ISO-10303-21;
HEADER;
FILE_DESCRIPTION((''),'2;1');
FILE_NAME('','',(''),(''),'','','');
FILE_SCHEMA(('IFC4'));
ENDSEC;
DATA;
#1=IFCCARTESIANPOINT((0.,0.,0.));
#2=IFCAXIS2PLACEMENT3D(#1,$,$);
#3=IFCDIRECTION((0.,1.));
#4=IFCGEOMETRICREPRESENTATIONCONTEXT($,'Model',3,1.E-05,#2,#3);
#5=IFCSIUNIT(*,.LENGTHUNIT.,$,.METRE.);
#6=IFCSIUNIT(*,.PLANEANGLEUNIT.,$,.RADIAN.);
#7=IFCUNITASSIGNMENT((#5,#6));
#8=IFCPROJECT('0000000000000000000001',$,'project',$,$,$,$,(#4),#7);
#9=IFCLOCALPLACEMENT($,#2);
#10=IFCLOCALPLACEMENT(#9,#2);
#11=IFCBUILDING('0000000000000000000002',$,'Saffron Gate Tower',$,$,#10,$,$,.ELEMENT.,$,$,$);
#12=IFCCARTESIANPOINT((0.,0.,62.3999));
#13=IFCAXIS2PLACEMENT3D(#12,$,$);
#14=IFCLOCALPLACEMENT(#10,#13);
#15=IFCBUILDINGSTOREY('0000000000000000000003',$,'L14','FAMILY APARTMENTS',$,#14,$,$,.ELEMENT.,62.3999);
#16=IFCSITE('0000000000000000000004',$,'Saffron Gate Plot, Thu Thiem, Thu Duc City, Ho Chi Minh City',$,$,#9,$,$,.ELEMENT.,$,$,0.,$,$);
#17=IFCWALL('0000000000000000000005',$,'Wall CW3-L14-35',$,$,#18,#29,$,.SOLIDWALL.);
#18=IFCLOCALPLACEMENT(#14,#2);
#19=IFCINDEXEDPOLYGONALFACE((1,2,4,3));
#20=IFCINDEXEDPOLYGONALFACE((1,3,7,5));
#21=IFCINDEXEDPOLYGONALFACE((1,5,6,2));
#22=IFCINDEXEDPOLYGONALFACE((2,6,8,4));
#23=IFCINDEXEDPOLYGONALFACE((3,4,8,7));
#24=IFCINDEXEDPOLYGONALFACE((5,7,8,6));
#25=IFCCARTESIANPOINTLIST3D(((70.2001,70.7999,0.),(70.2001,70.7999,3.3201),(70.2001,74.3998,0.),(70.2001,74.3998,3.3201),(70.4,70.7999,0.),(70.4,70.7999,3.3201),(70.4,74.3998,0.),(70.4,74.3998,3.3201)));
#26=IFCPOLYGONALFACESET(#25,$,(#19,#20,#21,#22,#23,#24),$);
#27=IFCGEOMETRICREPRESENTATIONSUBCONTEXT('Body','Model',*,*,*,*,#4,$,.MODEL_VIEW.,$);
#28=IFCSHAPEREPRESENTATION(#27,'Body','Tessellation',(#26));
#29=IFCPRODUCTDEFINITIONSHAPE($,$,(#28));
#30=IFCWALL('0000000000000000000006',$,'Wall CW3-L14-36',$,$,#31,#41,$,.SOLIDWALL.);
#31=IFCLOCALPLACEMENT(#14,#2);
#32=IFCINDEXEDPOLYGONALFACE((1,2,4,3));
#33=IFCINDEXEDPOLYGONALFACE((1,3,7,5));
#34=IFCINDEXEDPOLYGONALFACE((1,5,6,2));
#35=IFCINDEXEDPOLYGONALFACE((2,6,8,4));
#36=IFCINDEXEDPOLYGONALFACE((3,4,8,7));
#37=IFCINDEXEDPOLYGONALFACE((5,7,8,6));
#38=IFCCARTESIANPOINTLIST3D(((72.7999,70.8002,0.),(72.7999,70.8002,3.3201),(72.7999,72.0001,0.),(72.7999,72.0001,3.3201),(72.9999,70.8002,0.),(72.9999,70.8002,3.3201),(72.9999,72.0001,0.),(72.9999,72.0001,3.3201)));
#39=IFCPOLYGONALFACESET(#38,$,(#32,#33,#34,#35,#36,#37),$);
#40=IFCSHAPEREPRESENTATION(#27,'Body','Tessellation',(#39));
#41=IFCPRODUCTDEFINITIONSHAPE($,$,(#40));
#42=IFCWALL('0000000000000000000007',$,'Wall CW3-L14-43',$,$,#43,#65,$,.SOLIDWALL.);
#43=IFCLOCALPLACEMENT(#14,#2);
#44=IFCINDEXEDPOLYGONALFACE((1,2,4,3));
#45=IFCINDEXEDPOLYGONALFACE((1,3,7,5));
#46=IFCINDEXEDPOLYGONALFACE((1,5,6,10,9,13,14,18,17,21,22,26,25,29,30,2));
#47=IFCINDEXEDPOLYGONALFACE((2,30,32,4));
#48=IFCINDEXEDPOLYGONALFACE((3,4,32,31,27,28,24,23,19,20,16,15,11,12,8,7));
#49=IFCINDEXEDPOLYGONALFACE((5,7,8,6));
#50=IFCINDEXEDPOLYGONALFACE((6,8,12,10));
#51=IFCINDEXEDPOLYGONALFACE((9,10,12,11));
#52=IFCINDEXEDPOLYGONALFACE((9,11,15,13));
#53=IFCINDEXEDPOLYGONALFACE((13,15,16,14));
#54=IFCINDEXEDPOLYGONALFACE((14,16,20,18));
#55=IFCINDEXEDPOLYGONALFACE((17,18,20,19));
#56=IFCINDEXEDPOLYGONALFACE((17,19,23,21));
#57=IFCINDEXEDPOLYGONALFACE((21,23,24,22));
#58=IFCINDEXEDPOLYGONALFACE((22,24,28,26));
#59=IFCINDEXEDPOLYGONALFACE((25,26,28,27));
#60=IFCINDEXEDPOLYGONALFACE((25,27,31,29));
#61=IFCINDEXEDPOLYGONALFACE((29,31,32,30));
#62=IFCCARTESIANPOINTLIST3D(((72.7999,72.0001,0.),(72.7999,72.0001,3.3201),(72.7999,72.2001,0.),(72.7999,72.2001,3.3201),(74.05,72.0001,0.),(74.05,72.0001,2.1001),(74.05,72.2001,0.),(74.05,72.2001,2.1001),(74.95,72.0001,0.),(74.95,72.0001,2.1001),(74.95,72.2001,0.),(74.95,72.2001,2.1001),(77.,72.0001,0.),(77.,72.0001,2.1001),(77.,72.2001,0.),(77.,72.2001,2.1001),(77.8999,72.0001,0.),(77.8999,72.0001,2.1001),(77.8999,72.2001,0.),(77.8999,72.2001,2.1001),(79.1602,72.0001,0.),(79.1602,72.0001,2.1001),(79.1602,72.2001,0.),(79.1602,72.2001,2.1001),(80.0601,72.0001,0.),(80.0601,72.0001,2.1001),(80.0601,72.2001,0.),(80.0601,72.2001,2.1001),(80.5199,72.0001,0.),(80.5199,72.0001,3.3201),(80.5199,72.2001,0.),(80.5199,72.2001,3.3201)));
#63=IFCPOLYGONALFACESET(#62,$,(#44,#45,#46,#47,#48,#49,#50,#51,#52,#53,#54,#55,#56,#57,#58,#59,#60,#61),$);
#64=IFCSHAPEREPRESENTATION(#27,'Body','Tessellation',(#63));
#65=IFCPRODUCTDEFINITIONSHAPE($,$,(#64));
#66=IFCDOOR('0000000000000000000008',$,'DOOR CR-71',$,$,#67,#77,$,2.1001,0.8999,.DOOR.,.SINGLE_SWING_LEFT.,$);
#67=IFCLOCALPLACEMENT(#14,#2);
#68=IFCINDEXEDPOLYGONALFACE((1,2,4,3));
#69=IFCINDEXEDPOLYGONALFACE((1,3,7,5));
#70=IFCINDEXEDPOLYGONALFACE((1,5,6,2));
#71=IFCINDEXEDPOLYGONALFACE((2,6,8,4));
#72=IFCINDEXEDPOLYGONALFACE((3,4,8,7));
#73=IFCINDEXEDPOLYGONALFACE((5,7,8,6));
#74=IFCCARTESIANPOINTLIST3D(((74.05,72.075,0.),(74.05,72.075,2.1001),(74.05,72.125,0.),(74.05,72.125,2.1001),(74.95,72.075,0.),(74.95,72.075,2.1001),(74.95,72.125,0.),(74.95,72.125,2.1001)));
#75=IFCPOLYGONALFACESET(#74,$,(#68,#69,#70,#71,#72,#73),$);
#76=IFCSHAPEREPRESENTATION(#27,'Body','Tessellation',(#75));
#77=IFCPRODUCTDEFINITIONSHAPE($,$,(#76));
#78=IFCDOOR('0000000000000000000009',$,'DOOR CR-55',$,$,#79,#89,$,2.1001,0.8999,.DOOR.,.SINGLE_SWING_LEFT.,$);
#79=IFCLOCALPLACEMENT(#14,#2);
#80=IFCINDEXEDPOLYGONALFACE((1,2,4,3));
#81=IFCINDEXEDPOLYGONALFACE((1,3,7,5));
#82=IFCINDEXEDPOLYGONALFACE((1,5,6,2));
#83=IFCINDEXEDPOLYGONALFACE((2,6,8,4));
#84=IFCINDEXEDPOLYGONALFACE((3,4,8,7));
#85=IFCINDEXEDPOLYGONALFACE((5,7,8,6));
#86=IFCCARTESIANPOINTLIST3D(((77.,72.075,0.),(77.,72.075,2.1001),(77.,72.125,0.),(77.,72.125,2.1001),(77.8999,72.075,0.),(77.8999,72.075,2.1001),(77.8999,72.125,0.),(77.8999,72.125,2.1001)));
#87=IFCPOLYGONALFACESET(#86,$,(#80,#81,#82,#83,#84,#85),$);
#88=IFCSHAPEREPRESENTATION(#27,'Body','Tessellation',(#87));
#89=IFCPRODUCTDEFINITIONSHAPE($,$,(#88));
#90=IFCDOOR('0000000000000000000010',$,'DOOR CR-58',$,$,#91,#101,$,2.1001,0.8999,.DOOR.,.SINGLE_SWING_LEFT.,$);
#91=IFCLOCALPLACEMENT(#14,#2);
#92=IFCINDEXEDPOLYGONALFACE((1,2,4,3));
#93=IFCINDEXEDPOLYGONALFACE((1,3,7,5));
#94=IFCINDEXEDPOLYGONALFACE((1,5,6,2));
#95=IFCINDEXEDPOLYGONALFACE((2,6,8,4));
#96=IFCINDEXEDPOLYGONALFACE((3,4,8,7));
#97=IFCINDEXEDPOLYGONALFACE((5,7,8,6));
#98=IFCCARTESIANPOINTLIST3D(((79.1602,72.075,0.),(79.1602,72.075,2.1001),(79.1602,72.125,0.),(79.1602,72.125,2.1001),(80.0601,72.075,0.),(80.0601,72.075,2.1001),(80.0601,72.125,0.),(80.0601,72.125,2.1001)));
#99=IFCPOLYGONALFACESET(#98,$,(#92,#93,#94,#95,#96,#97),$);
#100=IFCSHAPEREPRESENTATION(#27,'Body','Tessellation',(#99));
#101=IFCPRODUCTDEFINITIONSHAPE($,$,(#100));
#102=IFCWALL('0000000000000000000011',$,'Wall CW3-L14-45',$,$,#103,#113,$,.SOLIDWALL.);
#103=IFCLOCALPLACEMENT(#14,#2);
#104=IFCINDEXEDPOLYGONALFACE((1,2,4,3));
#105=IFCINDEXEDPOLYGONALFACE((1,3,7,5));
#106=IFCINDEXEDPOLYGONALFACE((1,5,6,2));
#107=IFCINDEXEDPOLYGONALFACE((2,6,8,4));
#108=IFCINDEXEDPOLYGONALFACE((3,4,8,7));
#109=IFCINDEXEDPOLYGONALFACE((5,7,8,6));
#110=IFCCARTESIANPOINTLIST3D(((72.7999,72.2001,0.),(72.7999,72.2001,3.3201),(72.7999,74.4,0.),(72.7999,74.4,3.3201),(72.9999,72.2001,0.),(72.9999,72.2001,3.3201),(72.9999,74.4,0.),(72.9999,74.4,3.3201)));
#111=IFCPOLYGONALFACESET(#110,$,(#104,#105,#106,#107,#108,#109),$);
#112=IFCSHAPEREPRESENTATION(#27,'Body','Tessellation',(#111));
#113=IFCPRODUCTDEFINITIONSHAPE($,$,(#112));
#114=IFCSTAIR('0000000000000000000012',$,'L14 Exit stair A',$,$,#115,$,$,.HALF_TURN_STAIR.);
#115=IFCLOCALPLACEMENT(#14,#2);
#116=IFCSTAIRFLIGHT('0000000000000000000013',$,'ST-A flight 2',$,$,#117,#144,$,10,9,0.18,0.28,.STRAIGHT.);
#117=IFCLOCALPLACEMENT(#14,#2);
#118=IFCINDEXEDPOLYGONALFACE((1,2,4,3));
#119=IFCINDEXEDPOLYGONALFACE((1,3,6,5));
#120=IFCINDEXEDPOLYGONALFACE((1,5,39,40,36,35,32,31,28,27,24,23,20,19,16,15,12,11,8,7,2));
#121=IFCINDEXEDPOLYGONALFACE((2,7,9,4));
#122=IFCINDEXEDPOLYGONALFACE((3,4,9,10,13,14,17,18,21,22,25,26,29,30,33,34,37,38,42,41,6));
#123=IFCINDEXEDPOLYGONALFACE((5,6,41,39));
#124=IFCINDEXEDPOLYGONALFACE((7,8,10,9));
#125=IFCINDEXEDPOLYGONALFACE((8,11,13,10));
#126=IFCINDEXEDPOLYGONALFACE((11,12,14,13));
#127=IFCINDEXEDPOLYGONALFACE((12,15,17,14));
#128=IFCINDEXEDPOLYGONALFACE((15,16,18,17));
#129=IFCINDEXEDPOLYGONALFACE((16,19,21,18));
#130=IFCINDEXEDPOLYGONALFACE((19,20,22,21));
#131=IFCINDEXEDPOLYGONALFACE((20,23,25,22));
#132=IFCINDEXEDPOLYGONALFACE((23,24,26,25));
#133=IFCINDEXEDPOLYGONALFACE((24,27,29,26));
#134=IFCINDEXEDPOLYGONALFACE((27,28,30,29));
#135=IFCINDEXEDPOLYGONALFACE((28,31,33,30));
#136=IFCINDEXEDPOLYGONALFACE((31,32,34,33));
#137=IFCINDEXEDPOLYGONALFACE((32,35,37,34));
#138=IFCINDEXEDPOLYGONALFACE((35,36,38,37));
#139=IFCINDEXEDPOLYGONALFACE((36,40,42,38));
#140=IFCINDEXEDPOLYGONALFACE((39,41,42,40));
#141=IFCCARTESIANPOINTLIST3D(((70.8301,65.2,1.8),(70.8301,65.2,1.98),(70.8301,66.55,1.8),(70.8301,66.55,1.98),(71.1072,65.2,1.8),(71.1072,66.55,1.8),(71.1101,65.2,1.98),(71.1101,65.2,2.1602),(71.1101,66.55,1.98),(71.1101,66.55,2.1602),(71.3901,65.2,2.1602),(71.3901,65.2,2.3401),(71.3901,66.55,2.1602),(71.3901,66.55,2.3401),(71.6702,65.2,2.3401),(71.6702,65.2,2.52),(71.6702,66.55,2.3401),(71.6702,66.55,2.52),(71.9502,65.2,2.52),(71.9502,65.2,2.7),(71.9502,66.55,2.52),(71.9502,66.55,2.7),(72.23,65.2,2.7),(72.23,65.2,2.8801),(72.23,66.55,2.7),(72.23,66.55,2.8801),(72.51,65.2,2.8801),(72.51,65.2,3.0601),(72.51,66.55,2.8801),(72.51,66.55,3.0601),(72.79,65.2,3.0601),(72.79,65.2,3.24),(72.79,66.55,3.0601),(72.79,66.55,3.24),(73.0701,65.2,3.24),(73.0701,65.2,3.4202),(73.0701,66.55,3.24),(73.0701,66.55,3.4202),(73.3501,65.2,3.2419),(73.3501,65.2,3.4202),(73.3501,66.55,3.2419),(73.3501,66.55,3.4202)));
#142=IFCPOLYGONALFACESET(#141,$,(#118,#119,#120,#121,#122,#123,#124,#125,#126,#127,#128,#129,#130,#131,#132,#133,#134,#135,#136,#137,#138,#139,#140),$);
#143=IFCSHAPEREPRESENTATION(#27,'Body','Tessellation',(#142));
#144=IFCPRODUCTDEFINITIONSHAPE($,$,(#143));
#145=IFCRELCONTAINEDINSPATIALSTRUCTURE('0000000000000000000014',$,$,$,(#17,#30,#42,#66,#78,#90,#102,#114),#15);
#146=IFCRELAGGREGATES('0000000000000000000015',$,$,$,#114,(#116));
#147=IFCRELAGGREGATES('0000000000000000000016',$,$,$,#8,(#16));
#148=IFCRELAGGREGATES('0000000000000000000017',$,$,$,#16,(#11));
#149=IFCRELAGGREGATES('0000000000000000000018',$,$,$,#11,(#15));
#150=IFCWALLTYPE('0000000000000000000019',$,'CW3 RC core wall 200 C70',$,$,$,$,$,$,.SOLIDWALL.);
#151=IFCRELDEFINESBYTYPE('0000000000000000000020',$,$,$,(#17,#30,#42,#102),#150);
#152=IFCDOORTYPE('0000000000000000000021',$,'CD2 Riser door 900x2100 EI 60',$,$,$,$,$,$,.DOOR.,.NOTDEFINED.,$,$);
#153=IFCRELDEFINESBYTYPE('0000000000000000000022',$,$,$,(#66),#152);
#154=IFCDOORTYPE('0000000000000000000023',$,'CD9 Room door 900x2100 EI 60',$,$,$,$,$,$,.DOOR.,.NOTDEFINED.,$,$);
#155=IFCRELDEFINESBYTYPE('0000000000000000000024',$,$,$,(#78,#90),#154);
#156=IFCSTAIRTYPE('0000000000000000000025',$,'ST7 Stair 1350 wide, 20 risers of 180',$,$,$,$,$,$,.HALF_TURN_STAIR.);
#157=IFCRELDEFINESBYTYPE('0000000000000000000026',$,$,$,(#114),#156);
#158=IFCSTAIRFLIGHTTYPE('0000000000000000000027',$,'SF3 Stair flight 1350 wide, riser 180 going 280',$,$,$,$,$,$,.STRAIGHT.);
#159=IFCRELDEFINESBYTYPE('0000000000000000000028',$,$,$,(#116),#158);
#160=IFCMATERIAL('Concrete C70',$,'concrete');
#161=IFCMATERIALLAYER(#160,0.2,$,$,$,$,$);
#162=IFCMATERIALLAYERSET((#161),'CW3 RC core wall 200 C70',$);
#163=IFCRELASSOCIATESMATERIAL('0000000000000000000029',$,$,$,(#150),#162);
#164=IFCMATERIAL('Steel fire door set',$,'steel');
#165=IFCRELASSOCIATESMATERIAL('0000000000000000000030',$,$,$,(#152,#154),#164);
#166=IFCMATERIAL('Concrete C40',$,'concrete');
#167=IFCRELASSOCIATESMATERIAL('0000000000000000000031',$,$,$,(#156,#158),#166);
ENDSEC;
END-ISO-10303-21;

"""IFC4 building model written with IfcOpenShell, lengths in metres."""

from ifc_helpers import new_model, si_unit, direction, frame, frame_2d, origin, place, context, subcontext, project, spatial, polyline, rectangle, outline, extrude, material, layer, layer_set, type_object, element, fill, aggregate, save


model = new_model("IFC4")

# Units and contexts
model_context = context("Model", 3, precision=1e-05, world=origin(), true_north=direction((0.0, 1.0)))
body_context = subcontext(model_context, "Body", "Model", "MODEL_VIEW")
ifc_project = project(units=[si_unit("LENGTHUNIT", "METRE"), si_unit("PLANEANGLEUNIT", "RADIAN")], contexts=[model_context])

# Site, building, storey
site_placement = place(None, origin())
site = spatial("IfcSite", under=ifc_project, at=site_placement, Name="Saffron Gate Plot, Thu Thiem, Thu Duc City, Ho Chi Minh City", CompositionType="ELEMENT", RefElevation=0.0)
building_placement = place(site_placement, origin())
building = spatial("IfcBuilding", under=site, at=building_placement, Name="Saffron Gate Tower", CompositionType="ELEMENT")
storey_placement = place(building_placement, frame((0.0, 0.0, 62.3999)))
storey = spatial("IfcBuildingStorey", under=building, at=storey_placement, Name="L14", Description="FAMILY APARTMENTS", CompositionType="ELEMENT", Elevation=62.3999)

# Walls
ifc_material_1 = material(Name="Concrete C70", Category="concrete")
ifc_layer = layer(ifc_material_1, 0.2)
ifc_layer_set = layer_set([ifc_layer], Name="CW3 RC core wall 200 C70")
wall_type = type_object("IfcWallType", Name="CW3 RC core wall 200 C70", PredefinedType="SOLIDWALL", material=ifc_layer_set)
wall_1_placement = place(storey_placement, frame((70.3, 70.8, 0.0), z_axis=(0.0, 0.0, 1.0), x_axis=(0.0, 1.0, 0.0)))
element("IfcWall", 1, at=wall_1_placement, inside=storey, type_object=wall_type, Name="Wall CW3-L14-35", PredefinedType="SOLIDWALL", context=body_context, shape_type="SweptSolid", body=[
    extrude(rectangle(XDim=3.5999, YDim=0.2, at=frame_2d((1.7998, 0.0))), origin(), (0.0, 0.0, 1.0), 3.3201),
])
wall_2_placement = place(storey_placement, frame((72.8999, 70.8, 0.0), z_axis=(0.0, 0.0, 1.0), x_axis=(0.0, 1.0, 0.0)))
element("IfcWall", 2, at=wall_2_placement, inside=storey, type_object=wall_type, Name="Wall CW3-L14-36", PredefinedType="SOLIDWALL", context=body_context, shape_type="SweptSolid", body=[
    extrude(rectangle(XDim=1.2, YDim=0.2, at=frame_2d((0.6001, 0.0))), origin(), (0.0, 0.0, 1.0), 3.3201),
])

# Wall, openings, doors
wall_3_placement = place(storey_placement, frame((72.8, 72.1001, 0.0), z_axis=(0.0, 0.0, 1.0), x_axis=(1.0, 0.0, 0.0)))
wall_3 = element("IfcWall", 3, at=wall_3_placement, inside=storey, type_object=wall_type, Name="Wall CW3-L14-43", PredefinedType="SOLIDWALL", context=body_context, shape_type="SweptSolid", body=[
    extrude(rectangle(XDim=7.72, YDim=0.2, at=frame_2d((3.8599, 0.0))), origin(), (0.0, 0.0, 1.0), 3.3201),
])
opening_1_placement = place(wall_3_placement, frame((1.25, 0.0, 0.0)))
opening_1 = element("IfcOpeningElement", 4, at=opening_1_placement, cuts=wall_3, PredefinedType="OPENING", context=body_context, shape_type="SweptSolid", body=[
    extrude(rectangle(XDim=0.8999, YDim=2.1001, at=frame_2d((0.45, 1.05))), frame((0.0, 0.1099, 0.0), z_axis=(0.0, -1.0, 0.0), x_axis=(1.0, 0.0, 0.0)), (0.0, 0.0, 1.0), 0.22),
])
opening_2_placement = place(wall_3_placement, frame((4.2, 0.0, 0.0)))
opening_2 = element("IfcOpeningElement", 5, at=opening_2_placement, cuts=wall_3, PredefinedType="OPENING", context=body_context, shape_type="SweptSolid", body=[
    extrude(rectangle(XDim=0.8999, YDim=2.1001, at=frame_2d((0.45, 1.05))), frame((0.0, 0.1099, 0.0), z_axis=(0.0, -1.0, 0.0), x_axis=(1.0, 0.0, 0.0)), (0.0, 0.0, 1.0), 0.22),
])
opening_3_placement = place(wall_3_placement, frame((6.3601, 0.0, 0.0)))
opening_3 = element("IfcOpeningElement", 6, at=opening_3_placement, cuts=wall_3, PredefinedType="OPENING", context=body_context, shape_type="SweptSolid", body=[
    extrude(rectangle(XDim=0.8999, YDim=2.1001, at=frame_2d((0.45, 1.05))), frame((0.0, 0.1099, 0.0), z_axis=(0.0, -1.0, 0.0), x_axis=(1.0, 0.0, 0.0)), (0.0, 0.0, 1.0), 0.22),
])
ifc_material_2 = material(Name="Steel fire door set", Category="steel")
door_type_1 = type_object("IfcDoorType", Name="CD2 Riser door 900x2100 EI 60", OperationType="NOTDEFINED", PredefinedType="DOOR", material=ifc_material_2)
door_1_placement = place(opening_1_placement, origin())
door_1 = element("IfcDoor", 7, at=door_1_placement, inside=storey, type_object=door_type_1, Name="DOOR CR-71", OperationType="SINGLE_SWING_LEFT", OverallHeight=2.1001, OverallWidth=0.8999, PredefinedType="DOOR", context=body_context, shape_type="SweptSolid", body=[
    extrude(rectangle(XDim=0.8999, YDim=2.1001, at=frame_2d((0.45, 1.05))), frame((0.0, 0.0249, 0.0), z_axis=(0.0, -1.0, 0.0), x_axis=(1.0, 0.0, 0.0)), (0.0, 0.0, 1.0), 0.05),
])
fill(opening_1, door_1)
door_type_2 = type_object("IfcDoorType", Name="CD9 Room door 900x2100 EI 60", OperationType="NOTDEFINED", PredefinedType="DOOR", material=ifc_material_2)
door_2_placement = place(opening_2_placement, origin())
door_2 = element("IfcDoor", 8, at=door_2_placement, inside=storey, type_object=door_type_2, Name="DOOR CR-55", OperationType="SINGLE_SWING_LEFT", OverallHeight=2.1001, OverallWidth=0.8999, PredefinedType="DOOR", context=body_context, shape_type="SweptSolid", body=[
    extrude(rectangle(XDim=0.8999, YDim=2.1001, at=frame_2d((0.45, 1.05))), frame((0.0, 0.0249, 0.0), z_axis=(0.0, -1.0, 0.0), x_axis=(1.0, 0.0, 0.0)), (0.0, 0.0, 1.0), 0.05),
])
fill(opening_2, door_2)
door_3_placement = place(opening_3_placement, origin())
door_3 = element("IfcDoor", 9, at=door_3_placement, inside=storey, type_object=door_type_2, Name="DOOR CR-58", OperationType="SINGLE_SWING_LEFT", OverallHeight=2.1001, OverallWidth=0.8999, PredefinedType="DOOR", context=body_context, shape_type="SweptSolid", body=[
    extrude(rectangle(XDim=0.8999, YDim=2.1001, at=frame_2d((0.45, 1.05))), frame((0.0, 0.0249, 0.0), z_axis=(0.0, -1.0, 0.0), x_axis=(1.0, 0.0, 0.0)), (0.0, 0.0, 1.0), 0.05),
])
fill(opening_3, door_3)

# Wall
wall_4_placement = place(storey_placement, frame((72.8999, 72.2, 0.0), z_axis=(0.0, 0.0, 1.0), x_axis=(0.0, 1.0, 0.0)))
element("IfcWall", 10, at=wall_4_placement, inside=storey, type_object=wall_type, Name="Wall CW3-L14-45", PredefinedType="SOLIDWALL", context=body_context, shape_type="SweptSolid", body=[
    extrude(rectangle(XDim=2.2, YDim=0.2, at=frame_2d((1.1001, 0.0))), origin(), (0.0, 0.0, 1.0), 3.3201),
])

# Stair, stair flight
ifc_material_3 = material(Name="Concrete C40", Category="concrete")
stair_type = type_object("IfcStairType", Name="ST7 Stair 1350 wide, 20 risers of 180", PredefinedType="HALF_TURN_STAIR", material=ifc_material_3)
stair_placement = place(storey_placement, origin())
stair = element("IfcStair", 11, at=stair_placement, inside=storey, type_object=stair_type, Name="L14 Exit stair A", PredefinedType="HALF_TURN_STAIR")
stair_flight_type = type_object("IfcStairFlightType", Name="SF3 Stair flight 1350 wide, riser 180 going 280", PredefinedType="STRAIGHT", material=ifc_material_3)
stair_flight_placement = place(storey_placement, frame((70.8301, 65.875, 1.8), z_axis=(0.0, 0.0, 1.0), x_axis=(1.0, 0.0, 0.0)))
stair_flight = element("IfcStairFlight", 12, at=stair_flight_placement, type_object=stair_flight_type, Name="ST-A flight 2", NumberOfRisers=10, NumberOfTreads=9, PredefinedType="STRAIGHT", RiserHeight=0.18, TreadLength=0.28, context=body_context, shape_type="SweptSolid", body=[
    extrude(outline(polyline([(0.0, 0.0), (0.0, 0.1799), (0.28, 0.1799), (0.28, 0.3601), (0.5601, 0.3601), (0.5601, 0.54), (0.8401, 0.54), (0.8401, 0.72), (1.1201, 0.72), (1.1201, 0.8999), (1.3999, 0.8999), (1.3999, 1.0801), (1.6799, 1.0801), (1.6799, 1.26), (1.96, 1.26), (1.96, 1.4399), (2.24, 1.4399), (2.24, 1.6201), (2.52, 1.6201), (2.52, 1.8), (2.52, 1.4419), (0.2771, 0.0), (0.0, 0.0)])), frame((0.0, 0.675, 0.0), z_axis=(0.0, -1.0, 0.0), x_axis=(1.0, 0.0, 0.0)), (0.0, 0.0, 1.0), 1.3501),
])
aggregate(stair, [stair_flight])

save(model, "model.ifc")
